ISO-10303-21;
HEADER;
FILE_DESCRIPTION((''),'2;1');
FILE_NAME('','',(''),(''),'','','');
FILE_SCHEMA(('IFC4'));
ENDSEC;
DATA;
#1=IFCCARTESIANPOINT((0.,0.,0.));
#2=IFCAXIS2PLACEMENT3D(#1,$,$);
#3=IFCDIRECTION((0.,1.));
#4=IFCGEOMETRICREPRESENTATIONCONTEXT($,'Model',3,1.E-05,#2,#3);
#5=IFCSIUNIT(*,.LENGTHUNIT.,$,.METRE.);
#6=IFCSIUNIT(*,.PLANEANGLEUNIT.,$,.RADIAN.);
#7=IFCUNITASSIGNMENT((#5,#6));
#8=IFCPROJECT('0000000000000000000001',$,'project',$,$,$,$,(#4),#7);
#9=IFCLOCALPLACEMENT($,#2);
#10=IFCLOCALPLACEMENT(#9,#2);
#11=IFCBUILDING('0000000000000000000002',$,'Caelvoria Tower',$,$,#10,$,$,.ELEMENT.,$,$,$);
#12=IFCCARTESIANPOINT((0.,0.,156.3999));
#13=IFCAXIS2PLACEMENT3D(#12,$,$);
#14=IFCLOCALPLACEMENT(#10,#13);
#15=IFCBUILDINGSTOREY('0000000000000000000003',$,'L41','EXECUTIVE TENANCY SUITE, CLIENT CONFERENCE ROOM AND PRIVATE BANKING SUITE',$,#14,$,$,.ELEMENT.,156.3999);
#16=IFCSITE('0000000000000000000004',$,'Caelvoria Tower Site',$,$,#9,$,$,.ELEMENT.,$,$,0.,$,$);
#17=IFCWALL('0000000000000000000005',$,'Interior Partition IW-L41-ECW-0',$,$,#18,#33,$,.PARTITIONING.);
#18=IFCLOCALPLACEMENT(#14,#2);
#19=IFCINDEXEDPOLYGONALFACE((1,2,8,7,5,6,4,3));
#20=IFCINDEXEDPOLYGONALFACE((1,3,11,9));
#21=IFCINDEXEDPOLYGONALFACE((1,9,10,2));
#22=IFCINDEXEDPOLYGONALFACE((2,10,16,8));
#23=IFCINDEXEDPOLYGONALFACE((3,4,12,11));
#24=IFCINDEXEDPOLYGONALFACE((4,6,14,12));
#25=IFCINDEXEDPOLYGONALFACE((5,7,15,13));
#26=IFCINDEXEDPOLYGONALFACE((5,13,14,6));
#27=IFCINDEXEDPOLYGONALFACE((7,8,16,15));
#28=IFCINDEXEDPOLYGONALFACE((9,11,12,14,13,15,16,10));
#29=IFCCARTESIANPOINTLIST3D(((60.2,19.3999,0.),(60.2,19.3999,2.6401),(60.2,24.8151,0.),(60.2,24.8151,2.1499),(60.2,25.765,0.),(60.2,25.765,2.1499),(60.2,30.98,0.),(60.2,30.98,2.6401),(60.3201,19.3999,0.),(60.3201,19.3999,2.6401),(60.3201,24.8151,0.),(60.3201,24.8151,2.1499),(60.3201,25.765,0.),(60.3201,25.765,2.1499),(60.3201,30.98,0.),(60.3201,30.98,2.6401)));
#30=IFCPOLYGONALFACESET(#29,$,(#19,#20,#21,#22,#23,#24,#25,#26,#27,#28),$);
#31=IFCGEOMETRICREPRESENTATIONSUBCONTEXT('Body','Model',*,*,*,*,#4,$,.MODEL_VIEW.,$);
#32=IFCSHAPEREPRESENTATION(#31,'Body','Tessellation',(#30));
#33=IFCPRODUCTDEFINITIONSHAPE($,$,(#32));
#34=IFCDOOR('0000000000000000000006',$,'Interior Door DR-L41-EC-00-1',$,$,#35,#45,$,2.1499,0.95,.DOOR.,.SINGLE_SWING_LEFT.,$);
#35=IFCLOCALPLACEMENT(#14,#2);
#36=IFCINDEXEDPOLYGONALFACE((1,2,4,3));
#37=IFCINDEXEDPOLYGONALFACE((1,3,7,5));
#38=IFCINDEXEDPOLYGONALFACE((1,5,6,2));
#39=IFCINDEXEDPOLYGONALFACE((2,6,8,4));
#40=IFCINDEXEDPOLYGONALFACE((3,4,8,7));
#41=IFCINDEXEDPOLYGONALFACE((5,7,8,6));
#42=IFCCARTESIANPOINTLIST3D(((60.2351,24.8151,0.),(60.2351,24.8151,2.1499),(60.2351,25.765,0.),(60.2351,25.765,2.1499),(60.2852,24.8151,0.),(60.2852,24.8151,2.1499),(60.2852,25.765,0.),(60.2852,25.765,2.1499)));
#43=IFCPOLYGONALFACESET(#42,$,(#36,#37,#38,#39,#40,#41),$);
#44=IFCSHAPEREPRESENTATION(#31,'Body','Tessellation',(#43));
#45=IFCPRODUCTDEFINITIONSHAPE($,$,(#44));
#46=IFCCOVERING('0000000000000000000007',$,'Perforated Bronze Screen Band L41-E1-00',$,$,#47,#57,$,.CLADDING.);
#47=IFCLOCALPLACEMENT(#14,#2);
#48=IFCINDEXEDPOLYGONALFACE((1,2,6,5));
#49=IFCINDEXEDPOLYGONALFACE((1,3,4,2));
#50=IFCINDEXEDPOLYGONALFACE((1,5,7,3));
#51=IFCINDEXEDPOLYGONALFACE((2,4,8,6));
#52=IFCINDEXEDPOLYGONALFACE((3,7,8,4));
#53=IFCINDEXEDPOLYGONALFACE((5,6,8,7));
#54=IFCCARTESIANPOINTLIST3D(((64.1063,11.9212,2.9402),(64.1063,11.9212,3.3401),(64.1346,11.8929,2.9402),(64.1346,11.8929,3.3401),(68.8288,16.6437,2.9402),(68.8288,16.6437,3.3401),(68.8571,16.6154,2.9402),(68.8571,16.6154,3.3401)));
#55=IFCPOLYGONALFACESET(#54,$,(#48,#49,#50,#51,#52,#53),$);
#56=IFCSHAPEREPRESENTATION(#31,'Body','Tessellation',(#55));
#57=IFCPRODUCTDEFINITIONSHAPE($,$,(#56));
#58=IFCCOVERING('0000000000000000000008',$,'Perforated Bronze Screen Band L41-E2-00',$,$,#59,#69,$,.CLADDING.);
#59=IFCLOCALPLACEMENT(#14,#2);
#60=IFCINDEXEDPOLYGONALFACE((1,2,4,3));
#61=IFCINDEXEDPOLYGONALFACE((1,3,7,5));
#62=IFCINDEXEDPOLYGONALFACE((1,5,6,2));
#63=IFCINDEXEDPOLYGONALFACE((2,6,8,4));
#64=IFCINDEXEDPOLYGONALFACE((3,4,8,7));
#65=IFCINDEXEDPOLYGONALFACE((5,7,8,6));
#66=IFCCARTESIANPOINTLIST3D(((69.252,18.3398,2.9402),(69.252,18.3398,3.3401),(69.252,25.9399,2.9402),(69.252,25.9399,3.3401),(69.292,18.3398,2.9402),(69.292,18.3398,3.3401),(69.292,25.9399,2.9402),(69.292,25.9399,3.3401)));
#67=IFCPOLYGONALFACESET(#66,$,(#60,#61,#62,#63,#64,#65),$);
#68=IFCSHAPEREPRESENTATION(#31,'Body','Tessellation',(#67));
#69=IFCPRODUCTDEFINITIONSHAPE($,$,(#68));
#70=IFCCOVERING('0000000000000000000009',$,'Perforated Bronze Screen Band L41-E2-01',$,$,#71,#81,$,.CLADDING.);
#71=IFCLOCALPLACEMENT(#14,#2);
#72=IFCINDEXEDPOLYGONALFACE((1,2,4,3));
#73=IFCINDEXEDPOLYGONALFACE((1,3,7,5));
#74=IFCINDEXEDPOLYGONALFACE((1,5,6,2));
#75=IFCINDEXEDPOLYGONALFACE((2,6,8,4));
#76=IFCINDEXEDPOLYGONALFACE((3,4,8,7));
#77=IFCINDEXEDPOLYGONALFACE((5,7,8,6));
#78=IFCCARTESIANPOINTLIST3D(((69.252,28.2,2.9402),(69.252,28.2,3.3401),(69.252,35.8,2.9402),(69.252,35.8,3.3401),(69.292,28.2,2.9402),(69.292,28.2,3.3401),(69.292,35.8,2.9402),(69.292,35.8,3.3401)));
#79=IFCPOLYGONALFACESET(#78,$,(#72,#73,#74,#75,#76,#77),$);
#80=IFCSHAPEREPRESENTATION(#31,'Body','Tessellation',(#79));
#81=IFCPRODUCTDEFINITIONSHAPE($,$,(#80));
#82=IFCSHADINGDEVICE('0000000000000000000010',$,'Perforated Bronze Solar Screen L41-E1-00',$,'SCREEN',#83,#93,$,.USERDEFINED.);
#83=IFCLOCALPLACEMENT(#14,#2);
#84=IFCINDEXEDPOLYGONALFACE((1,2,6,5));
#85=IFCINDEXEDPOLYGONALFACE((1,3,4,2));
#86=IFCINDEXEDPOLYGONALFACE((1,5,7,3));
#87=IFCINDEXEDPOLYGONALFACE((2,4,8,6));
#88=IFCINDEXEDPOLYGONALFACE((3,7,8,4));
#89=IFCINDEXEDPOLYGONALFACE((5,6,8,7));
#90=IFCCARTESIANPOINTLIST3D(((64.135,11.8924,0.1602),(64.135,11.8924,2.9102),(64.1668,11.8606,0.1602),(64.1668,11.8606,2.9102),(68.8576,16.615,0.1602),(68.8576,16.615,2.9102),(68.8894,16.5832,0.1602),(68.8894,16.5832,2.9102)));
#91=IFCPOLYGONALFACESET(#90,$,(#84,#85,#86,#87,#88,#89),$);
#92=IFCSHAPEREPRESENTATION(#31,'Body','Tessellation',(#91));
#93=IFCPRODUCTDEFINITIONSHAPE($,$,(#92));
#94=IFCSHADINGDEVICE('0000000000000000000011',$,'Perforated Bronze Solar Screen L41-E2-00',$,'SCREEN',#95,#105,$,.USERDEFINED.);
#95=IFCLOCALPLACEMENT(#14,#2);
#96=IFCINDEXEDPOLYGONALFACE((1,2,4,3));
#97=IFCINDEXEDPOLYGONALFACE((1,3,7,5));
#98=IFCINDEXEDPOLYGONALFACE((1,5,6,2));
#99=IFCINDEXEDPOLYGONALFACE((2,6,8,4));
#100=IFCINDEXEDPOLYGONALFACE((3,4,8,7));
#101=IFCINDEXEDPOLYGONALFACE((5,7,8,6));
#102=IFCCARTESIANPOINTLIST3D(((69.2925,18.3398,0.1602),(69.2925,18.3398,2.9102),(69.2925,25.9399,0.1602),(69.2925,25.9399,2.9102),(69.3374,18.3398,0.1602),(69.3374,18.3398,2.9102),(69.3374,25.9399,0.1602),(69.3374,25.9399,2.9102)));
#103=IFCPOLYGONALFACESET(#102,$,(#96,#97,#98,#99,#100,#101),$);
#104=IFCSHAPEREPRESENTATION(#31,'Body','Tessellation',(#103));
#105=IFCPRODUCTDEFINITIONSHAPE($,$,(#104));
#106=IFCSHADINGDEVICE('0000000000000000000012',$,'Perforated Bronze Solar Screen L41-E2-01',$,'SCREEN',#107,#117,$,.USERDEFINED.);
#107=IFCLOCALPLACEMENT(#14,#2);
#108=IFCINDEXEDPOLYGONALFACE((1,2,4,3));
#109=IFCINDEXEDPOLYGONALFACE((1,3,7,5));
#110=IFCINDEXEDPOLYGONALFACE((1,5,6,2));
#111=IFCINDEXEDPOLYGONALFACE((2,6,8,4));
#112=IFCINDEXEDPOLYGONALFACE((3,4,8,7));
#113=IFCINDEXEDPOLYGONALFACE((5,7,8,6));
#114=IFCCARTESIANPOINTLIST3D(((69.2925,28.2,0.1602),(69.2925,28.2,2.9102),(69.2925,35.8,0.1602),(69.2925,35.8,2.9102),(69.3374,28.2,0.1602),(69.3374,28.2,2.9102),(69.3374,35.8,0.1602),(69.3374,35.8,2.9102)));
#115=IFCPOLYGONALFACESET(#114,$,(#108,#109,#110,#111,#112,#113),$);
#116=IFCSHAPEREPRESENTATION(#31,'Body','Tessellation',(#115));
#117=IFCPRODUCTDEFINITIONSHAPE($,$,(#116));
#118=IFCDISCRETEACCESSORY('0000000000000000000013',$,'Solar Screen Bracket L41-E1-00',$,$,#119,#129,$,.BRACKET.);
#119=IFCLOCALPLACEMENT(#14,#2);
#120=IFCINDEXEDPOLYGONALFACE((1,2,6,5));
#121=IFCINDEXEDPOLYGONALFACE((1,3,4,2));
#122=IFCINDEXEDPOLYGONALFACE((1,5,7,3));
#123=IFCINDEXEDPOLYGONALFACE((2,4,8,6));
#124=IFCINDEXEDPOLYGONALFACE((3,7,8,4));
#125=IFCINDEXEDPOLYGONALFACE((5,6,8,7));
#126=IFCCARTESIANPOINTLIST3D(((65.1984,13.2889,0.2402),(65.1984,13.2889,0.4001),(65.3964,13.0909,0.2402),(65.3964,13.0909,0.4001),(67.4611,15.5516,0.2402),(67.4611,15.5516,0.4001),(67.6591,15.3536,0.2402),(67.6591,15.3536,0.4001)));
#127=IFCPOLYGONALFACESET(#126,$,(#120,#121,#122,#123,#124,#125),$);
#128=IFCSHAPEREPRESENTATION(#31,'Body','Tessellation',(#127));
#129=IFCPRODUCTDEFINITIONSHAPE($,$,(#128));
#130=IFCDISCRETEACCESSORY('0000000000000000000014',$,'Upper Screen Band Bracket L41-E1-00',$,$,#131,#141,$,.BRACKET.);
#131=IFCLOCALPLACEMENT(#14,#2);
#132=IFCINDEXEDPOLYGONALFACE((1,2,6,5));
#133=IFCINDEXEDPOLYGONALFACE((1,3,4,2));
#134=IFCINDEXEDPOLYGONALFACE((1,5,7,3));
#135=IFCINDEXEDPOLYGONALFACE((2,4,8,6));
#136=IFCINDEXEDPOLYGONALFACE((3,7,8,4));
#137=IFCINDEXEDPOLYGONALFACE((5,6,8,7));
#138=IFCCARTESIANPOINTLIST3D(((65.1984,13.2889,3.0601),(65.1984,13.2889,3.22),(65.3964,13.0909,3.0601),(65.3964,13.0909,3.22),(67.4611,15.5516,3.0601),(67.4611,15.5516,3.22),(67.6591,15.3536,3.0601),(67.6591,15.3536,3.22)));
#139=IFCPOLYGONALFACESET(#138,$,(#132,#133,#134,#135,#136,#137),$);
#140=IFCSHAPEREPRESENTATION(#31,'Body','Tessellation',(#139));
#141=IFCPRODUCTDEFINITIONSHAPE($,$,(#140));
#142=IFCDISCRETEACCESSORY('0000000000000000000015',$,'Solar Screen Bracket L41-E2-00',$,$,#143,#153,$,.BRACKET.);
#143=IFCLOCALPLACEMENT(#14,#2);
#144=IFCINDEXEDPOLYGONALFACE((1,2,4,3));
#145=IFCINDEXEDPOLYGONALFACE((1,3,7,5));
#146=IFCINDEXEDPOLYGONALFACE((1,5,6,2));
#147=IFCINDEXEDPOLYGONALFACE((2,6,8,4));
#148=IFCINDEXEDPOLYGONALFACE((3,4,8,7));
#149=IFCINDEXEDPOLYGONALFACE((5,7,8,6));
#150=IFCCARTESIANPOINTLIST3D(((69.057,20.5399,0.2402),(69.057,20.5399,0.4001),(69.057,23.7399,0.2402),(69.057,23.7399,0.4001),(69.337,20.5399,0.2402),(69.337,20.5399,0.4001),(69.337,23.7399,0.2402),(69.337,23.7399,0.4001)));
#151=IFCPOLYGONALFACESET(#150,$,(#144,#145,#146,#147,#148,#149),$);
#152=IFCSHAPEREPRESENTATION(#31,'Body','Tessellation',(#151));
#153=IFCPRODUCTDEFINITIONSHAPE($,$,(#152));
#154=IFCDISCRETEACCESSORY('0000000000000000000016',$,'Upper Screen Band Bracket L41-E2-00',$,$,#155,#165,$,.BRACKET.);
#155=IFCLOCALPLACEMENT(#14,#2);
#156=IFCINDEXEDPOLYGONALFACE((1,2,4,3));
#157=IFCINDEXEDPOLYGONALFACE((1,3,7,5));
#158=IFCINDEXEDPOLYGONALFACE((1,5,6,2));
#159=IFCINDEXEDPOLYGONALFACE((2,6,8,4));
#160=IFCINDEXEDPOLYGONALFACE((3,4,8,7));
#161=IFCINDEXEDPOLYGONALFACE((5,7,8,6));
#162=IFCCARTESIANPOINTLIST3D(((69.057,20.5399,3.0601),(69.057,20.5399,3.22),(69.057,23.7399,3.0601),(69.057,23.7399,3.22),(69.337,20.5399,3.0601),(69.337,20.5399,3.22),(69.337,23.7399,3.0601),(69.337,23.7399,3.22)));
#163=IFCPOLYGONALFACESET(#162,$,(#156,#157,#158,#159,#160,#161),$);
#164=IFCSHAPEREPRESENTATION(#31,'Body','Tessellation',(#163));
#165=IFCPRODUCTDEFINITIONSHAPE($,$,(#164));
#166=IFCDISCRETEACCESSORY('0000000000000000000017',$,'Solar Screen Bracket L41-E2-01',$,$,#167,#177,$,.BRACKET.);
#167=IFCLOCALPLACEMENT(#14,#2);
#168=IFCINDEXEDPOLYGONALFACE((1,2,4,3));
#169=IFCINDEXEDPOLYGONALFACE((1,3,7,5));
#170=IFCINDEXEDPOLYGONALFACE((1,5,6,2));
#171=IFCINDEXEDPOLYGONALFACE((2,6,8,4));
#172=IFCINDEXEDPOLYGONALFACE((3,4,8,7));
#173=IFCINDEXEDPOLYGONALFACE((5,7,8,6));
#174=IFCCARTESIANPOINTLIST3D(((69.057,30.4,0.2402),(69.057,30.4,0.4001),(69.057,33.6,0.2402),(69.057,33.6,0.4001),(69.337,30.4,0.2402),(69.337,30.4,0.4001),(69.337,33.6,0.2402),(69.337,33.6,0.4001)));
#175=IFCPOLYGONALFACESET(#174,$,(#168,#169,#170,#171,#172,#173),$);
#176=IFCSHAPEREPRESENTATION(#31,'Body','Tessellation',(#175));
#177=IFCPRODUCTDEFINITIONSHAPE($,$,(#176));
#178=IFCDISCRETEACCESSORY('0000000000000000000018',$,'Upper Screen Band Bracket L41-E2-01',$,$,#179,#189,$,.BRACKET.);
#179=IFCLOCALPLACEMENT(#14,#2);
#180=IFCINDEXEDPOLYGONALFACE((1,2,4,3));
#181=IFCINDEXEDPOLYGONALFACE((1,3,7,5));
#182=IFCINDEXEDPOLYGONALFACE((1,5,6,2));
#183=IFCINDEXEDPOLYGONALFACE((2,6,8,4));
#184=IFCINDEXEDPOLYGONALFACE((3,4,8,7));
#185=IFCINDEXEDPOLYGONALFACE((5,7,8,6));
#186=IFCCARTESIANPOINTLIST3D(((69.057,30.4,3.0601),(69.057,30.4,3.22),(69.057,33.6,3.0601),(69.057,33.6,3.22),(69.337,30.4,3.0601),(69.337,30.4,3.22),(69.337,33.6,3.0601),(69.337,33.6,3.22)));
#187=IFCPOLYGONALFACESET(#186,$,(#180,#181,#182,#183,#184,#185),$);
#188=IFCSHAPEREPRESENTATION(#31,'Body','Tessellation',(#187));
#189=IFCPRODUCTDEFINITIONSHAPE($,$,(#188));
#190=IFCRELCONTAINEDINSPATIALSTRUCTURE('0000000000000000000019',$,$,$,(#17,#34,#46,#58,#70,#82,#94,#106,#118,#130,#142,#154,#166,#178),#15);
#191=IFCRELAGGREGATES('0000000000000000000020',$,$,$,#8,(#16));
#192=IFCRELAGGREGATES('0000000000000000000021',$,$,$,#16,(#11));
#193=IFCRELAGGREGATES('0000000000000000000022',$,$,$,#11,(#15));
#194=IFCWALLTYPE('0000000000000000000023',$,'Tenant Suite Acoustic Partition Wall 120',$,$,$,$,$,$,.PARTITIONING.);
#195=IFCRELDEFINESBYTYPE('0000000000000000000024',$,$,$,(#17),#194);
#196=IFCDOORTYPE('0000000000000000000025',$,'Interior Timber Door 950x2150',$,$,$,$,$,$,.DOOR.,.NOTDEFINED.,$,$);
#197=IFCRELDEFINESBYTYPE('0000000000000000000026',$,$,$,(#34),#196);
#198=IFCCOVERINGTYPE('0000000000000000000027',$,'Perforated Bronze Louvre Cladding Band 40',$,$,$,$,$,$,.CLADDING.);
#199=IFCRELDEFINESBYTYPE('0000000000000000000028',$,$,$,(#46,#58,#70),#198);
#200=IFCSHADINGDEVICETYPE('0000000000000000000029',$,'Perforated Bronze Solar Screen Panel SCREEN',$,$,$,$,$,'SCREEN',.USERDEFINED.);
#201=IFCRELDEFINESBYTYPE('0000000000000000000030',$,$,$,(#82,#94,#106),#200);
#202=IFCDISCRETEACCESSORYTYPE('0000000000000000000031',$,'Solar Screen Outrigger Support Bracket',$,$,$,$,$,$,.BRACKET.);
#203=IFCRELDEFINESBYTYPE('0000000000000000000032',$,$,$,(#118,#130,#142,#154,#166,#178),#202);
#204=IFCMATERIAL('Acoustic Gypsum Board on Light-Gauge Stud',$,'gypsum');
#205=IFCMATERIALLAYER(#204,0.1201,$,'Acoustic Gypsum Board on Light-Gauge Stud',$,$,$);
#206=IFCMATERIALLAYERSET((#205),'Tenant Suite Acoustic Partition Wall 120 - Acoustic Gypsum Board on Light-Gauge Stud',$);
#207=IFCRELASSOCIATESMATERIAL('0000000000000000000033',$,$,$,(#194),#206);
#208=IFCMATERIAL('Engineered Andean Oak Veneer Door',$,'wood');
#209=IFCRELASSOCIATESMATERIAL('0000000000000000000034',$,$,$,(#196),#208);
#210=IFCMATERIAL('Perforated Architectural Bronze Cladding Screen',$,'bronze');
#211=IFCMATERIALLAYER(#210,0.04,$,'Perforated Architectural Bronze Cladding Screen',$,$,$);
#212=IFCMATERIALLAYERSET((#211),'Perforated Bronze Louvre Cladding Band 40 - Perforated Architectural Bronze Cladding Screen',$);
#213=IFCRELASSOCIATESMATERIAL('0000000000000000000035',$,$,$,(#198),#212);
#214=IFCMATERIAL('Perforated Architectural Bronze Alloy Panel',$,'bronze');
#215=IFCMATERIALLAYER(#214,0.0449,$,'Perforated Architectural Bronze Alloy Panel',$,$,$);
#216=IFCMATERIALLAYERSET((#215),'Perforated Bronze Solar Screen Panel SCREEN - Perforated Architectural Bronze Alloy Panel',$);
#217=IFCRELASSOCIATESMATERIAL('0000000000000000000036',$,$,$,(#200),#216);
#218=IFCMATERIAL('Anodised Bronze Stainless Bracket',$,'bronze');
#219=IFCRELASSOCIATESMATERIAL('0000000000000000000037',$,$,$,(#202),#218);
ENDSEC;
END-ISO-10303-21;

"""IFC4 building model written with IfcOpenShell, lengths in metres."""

from ifc_helpers import new_model, si_unit, direction, frame, frame_2d, origin, origin_2d, place, context, subcontext, project, spatial, rectangle, extrude, material, layer, layer_set, type_object, element, fill, save


model = new_model("IFC4")

# Units and contexts
model_context = context("Model", 3, precision=1e-05, world=origin(), true_north=direction((0.0, 1.0)))
body_context = subcontext(model_context, "Body", "Model", "MODEL_VIEW")
ifc_project = project(units=[si_unit("LENGTHUNIT", "METRE"), si_unit("PLANEANGLEUNIT", "RADIAN")], contexts=[model_context])

# Site, building, storey
site_placement = place(None, origin())
site = spatial("IfcSite", under=ifc_project, at=site_placement, Name="Caelvoria Tower Site", CompositionType="ELEMENT", RefElevation=0.0)
building_placement = place(site_placement, origin())
building = spatial("IfcBuilding", under=site, at=building_placement, Name="Caelvoria Tower", CompositionType="ELEMENT")
storey_placement = place(building_placement, frame((0.0, 0.0, 156.3999)))
storey = spatial("IfcBuildingStorey", under=building, at=storey_placement, Name="L41", Description="EXECUTIVE TENANCY SUITE, CLIENT CONFERENCE ROOM AND PRIVATE BANKING SUITE", CompositionType="ELEMENT", Elevation=156.3999)

# Wall, opening, door
ifc_material_1 = material(Name="Acoustic Gypsum Board on Light-Gauge Stud", Category="gypsum")
ifc_layer_1 = layer(ifc_material_1, 0.1201, Name="Acoustic Gypsum Board on Light-Gauge Stud")
ifc_layer_set_1 = layer_set([ifc_layer_1], Name="Tenant Suite Acoustic Partition Wall 120 - Acoustic Gypsum Board on Light-Gauge Stud")
wall_type_1 = type_object("IfcWallType", Name="Tenant Suite Acoustic Partition Wall 120", PredefinedType="PARTITIONING", material=ifc_layer_set_1)
wall_1_placement = place(storey_placement, frame((60.26, 19.3999, 0.0), z_axis=(0.0, 0.0, 1.0), x_axis=(0.0, 1.0, 0.0)))
wall_1 = element("IfcWall", 1, at=wall_1_placement, inside=storey, type_object=wall_type_1, Name="Interior Partition IW-L41-ECW-0", PredefinedType="PARTITIONING", context=body_context, shape_type="SweptSolid", body=[
    extrude(rectangle(XDim=11.5801, YDim=0.1201, at=frame_2d((5.79, 0.0))), origin(), (0.0, 0.0, 1.0), 2.6401),
])
opening_1_placement = place(wall_1_placement, frame((5.415, 0.0, 0.0)))
opening_1 = element("IfcOpeningElement", 2, at=opening_1_placement, cuts=wall_1, PredefinedType="OPENING", context=body_context, shape_type="SweptSolid", body=[
    extrude(rectangle(XDim=0.95, YDim=2.1499, at=frame_2d((0.4751, 1.075))), frame((0.0, 0.0701, 0.0), z_axis=(0.0, -1.0, 0.0), x_axis=(1.0, 0.0, 0.0)), (0.0, 0.0, 1.0), 0.1401),
])
ifc_material_2 = material(Name="Engineered Andean Oak Veneer Door", Category="wood")
door_type = type_object("IfcDoorType", Name="Interior Timber Door 950x2150", OperationType="NOTDEFINED", PredefinedType="DOOR", material=ifc_material_2)
door_placement = place(opening_1_placement, origin())
door = element("IfcDoor", 3, at=door_placement, inside=storey, type_object=door_type, Name="Interior Door DR-L41-EC-00-1", OperationType="SINGLE_SWING_LEFT", OverallHeight=2.1499, OverallWidth=0.95, PredefinedType="DOOR", context=body_context, shape_type="SweptSolid", body=[
    extrude(rectangle(XDim=0.95, YDim=2.1499, at=frame_2d((0.4751, 1.075))), frame((0.0, 0.0249, 0.0), z_axis=(0.0, -1.0, 0.0), x_axis=(1.0, 0.0, 0.0)), (0.0, 0.0, 1.0), 0.05),
])
fill(opening_1, door)

# Coverings
ifc_material_3 = material(Name="Perforated Architectural Bronze Cladding Screen", Category="bronze")
ifc_layer_2 = layer(ifc_material_3, 0.04, Name="Perforated Architectural Bronze Cladding Screen")
ifc_layer_set_2 = layer_set([ifc_layer_2], Name="Perforated Bronze Louvre Cladding Band 40 - Perforated Architectural Bronze Cladding Screen")
covering_type = type_object("IfcCoveringType", Name="Perforated Bronze Louvre Cladding Band 40", PredefinedType="CLADDING", material=ifc_layer_set_2)
covering_placement = place(storey_placement, frame((66.4817, 14.2683, 2.9402), z_axis=(0.0, 0.0, 1.0), x_axis=(0.707107, 0.707107, 0.0)))
element("IfcCovering", 4, at=covering_placement, inside=storey, type_object=covering_type, Name="Perforated Bronze Screen Band L41-E1-00", PredefinedType="CLADDING", context=body_context, shape_type="SweptSolid", body=[
    extrude(rectangle(XDim=6.6787, YDim=0.04, at=origin_2d()), origin(), (0.0, 0.0, 1.0), 0.3999),
])
for number, where, z_axis, x_axis, name in (
    (5, (69.272, 22.1399, 2.9402), (0.0, 0.0, 1.0), (0.0, 1.0, 0.0), "Perforated Bronze Screen Band L41-E2-00"),
    (6, (69.272, 32.0, 2.9402), (0.0, 0.0, 1.0), (0.0, 1.0, 0.0), "Perforated Bronze Screen Band L41-E2-01"),
):
    element("IfcCovering", number, at=place(storey_placement, frame(where, z_axis=z_axis, x_axis=x_axis)), inside=storey, type_object=covering_type, Name=name, PredefinedType="CLADDING", context=body_context, shape_type="SweptSolid", body=[
        extrude(rectangle(XDim=7.6001, YDim=0.04, at=origin_2d()), origin(), (0.0, 0.0, 1.0), 0.3999),
    ])

# Shading devices
ifc_material_4 = material(Name="Perforated Architectural Bronze Alloy Panel", Category="bronze")
ifc_layer_3 = layer(ifc_material_4, 0.0449, Name="Perforated Architectural Bronze Alloy Panel")
ifc_layer_set_3 = layer_set([ifc_layer_3], Name="Perforated Bronze Solar Screen Panel SCREEN - Perforated Architectural Bronze Alloy Panel")
shading_device_type = type_object("IfcShadingDeviceType", Name="Perforated Bronze Solar Screen Panel SCREEN", ElementType="SCREEN", PredefinedType="USERDEFINED", material=ifc_layer_set_3)
shading_device_placement = place(storey_placement, frame((66.5122, 14.2378, 0.1602), z_axis=(0.0, 0.0, 1.0), x_axis=(0.707107, 0.707107, 0.0)))
element("IfcShadingDevice", 7, at=shading_device_placement, inside=storey, type_object=shading_device_type, Name="Perforated Bronze Solar Screen L41-E1-00", ObjectType="SCREEN", PredefinedType="USERDEFINED", context=body_context, shape_type="SweptSolid", body=[
    extrude(rectangle(XDim=6.6787, YDim=0.0449, at=origin_2d()), origin(), (0.0, 0.0, 1.0), 2.75),
])
for number, where, z_axis, x_axis, name in (
    (8, (69.3149, 22.1399, 0.1602), (0.0, 0.0, 1.0), (0.0, 1.0, 0.0), "Perforated Bronze Solar Screen L41-E2-00"),
    (9, (69.3149, 32.0, 0.1602), (0.0, 0.0, 1.0), (0.0, 1.0, 0.0), "Perforated Bronze Solar Screen L41-E2-01"),
):
    element("IfcShadingDevice", number, at=place(storey_placement, frame(where, z_axis=z_axis, x_axis=x_axis)), inside=storey, type_object=shading_device_type, Name=name, ObjectType="SCREEN", PredefinedType="USERDEFINED", context=body_context, shape_type="SweptSolid", body=[
        extrude(rectangle(XDim=7.6001, YDim=0.0449, at=origin_2d()), origin(), (0.0, 0.0, 1.0), 2.75),
    ])

# Discrete accessories
ifc_material_5 = material(Name="Anodised Bronze Stainless Bracket", Category="bronze")
discrete_accessory_type = type_object("IfcDiscreteAccessoryType", Name="Solar Screen Outrigger Support Bracket", PredefinedType="BRACKET", material=ifc_material_5)
for number, where, z_axis, x_axis, name in (
    (10, (66.4287, 14.3213, 0.2402), (0.0, 0.0, 1.0), (0.707107, 0.707107, 0.0), "Solar Screen Bracket L41-E1-00"),
    (11, (66.4287, 14.3213, 3.0601), (0.0, 0.0, 1.0), (0.707107, 0.707107, 0.0), "Upper Screen Band Bracket L41-E1-00"),
    (12, (69.197, 22.1399, 0.2402), (0.0, 0.0, 1.0), (0.0, 1.0, 0.0), "Solar Screen Bracket L41-E2-00"),
    (13, (69.197, 22.1399, 3.0601), (0.0, 0.0, 1.0), (0.0, 1.0, 0.0), "Upper Screen Band Bracket L41-E2-00"),
    (14, (69.197, 32.0, 0.2402), (0.0, 0.0, 1.0), (0.0, 1.0, 0.0), "Solar Screen Bracket L41-E2-01"),
    (15, (69.197, 32.0, 3.0601), (0.0, 0.0, 1.0), (0.0, 1.0, 0.0), "Upper Screen Band Bracket L41-E2-01"),
):
    element("IfcDiscreteAccessory", number, at=place(storey_placement, frame(where, z_axis=z_axis, x_axis=x_axis)), inside=storey, type_object=discrete_accessory_type, Name=name, PredefinedType="BRACKET", context=body_context, shape_type="SweptSolid", body=[
        extrude(rectangle(XDim=3.2, YDim=0.28, at=origin_2d()), origin(), (0.0, 0.0, 1.0), 0.1599),
    ])

save(model, "model.ifc")
